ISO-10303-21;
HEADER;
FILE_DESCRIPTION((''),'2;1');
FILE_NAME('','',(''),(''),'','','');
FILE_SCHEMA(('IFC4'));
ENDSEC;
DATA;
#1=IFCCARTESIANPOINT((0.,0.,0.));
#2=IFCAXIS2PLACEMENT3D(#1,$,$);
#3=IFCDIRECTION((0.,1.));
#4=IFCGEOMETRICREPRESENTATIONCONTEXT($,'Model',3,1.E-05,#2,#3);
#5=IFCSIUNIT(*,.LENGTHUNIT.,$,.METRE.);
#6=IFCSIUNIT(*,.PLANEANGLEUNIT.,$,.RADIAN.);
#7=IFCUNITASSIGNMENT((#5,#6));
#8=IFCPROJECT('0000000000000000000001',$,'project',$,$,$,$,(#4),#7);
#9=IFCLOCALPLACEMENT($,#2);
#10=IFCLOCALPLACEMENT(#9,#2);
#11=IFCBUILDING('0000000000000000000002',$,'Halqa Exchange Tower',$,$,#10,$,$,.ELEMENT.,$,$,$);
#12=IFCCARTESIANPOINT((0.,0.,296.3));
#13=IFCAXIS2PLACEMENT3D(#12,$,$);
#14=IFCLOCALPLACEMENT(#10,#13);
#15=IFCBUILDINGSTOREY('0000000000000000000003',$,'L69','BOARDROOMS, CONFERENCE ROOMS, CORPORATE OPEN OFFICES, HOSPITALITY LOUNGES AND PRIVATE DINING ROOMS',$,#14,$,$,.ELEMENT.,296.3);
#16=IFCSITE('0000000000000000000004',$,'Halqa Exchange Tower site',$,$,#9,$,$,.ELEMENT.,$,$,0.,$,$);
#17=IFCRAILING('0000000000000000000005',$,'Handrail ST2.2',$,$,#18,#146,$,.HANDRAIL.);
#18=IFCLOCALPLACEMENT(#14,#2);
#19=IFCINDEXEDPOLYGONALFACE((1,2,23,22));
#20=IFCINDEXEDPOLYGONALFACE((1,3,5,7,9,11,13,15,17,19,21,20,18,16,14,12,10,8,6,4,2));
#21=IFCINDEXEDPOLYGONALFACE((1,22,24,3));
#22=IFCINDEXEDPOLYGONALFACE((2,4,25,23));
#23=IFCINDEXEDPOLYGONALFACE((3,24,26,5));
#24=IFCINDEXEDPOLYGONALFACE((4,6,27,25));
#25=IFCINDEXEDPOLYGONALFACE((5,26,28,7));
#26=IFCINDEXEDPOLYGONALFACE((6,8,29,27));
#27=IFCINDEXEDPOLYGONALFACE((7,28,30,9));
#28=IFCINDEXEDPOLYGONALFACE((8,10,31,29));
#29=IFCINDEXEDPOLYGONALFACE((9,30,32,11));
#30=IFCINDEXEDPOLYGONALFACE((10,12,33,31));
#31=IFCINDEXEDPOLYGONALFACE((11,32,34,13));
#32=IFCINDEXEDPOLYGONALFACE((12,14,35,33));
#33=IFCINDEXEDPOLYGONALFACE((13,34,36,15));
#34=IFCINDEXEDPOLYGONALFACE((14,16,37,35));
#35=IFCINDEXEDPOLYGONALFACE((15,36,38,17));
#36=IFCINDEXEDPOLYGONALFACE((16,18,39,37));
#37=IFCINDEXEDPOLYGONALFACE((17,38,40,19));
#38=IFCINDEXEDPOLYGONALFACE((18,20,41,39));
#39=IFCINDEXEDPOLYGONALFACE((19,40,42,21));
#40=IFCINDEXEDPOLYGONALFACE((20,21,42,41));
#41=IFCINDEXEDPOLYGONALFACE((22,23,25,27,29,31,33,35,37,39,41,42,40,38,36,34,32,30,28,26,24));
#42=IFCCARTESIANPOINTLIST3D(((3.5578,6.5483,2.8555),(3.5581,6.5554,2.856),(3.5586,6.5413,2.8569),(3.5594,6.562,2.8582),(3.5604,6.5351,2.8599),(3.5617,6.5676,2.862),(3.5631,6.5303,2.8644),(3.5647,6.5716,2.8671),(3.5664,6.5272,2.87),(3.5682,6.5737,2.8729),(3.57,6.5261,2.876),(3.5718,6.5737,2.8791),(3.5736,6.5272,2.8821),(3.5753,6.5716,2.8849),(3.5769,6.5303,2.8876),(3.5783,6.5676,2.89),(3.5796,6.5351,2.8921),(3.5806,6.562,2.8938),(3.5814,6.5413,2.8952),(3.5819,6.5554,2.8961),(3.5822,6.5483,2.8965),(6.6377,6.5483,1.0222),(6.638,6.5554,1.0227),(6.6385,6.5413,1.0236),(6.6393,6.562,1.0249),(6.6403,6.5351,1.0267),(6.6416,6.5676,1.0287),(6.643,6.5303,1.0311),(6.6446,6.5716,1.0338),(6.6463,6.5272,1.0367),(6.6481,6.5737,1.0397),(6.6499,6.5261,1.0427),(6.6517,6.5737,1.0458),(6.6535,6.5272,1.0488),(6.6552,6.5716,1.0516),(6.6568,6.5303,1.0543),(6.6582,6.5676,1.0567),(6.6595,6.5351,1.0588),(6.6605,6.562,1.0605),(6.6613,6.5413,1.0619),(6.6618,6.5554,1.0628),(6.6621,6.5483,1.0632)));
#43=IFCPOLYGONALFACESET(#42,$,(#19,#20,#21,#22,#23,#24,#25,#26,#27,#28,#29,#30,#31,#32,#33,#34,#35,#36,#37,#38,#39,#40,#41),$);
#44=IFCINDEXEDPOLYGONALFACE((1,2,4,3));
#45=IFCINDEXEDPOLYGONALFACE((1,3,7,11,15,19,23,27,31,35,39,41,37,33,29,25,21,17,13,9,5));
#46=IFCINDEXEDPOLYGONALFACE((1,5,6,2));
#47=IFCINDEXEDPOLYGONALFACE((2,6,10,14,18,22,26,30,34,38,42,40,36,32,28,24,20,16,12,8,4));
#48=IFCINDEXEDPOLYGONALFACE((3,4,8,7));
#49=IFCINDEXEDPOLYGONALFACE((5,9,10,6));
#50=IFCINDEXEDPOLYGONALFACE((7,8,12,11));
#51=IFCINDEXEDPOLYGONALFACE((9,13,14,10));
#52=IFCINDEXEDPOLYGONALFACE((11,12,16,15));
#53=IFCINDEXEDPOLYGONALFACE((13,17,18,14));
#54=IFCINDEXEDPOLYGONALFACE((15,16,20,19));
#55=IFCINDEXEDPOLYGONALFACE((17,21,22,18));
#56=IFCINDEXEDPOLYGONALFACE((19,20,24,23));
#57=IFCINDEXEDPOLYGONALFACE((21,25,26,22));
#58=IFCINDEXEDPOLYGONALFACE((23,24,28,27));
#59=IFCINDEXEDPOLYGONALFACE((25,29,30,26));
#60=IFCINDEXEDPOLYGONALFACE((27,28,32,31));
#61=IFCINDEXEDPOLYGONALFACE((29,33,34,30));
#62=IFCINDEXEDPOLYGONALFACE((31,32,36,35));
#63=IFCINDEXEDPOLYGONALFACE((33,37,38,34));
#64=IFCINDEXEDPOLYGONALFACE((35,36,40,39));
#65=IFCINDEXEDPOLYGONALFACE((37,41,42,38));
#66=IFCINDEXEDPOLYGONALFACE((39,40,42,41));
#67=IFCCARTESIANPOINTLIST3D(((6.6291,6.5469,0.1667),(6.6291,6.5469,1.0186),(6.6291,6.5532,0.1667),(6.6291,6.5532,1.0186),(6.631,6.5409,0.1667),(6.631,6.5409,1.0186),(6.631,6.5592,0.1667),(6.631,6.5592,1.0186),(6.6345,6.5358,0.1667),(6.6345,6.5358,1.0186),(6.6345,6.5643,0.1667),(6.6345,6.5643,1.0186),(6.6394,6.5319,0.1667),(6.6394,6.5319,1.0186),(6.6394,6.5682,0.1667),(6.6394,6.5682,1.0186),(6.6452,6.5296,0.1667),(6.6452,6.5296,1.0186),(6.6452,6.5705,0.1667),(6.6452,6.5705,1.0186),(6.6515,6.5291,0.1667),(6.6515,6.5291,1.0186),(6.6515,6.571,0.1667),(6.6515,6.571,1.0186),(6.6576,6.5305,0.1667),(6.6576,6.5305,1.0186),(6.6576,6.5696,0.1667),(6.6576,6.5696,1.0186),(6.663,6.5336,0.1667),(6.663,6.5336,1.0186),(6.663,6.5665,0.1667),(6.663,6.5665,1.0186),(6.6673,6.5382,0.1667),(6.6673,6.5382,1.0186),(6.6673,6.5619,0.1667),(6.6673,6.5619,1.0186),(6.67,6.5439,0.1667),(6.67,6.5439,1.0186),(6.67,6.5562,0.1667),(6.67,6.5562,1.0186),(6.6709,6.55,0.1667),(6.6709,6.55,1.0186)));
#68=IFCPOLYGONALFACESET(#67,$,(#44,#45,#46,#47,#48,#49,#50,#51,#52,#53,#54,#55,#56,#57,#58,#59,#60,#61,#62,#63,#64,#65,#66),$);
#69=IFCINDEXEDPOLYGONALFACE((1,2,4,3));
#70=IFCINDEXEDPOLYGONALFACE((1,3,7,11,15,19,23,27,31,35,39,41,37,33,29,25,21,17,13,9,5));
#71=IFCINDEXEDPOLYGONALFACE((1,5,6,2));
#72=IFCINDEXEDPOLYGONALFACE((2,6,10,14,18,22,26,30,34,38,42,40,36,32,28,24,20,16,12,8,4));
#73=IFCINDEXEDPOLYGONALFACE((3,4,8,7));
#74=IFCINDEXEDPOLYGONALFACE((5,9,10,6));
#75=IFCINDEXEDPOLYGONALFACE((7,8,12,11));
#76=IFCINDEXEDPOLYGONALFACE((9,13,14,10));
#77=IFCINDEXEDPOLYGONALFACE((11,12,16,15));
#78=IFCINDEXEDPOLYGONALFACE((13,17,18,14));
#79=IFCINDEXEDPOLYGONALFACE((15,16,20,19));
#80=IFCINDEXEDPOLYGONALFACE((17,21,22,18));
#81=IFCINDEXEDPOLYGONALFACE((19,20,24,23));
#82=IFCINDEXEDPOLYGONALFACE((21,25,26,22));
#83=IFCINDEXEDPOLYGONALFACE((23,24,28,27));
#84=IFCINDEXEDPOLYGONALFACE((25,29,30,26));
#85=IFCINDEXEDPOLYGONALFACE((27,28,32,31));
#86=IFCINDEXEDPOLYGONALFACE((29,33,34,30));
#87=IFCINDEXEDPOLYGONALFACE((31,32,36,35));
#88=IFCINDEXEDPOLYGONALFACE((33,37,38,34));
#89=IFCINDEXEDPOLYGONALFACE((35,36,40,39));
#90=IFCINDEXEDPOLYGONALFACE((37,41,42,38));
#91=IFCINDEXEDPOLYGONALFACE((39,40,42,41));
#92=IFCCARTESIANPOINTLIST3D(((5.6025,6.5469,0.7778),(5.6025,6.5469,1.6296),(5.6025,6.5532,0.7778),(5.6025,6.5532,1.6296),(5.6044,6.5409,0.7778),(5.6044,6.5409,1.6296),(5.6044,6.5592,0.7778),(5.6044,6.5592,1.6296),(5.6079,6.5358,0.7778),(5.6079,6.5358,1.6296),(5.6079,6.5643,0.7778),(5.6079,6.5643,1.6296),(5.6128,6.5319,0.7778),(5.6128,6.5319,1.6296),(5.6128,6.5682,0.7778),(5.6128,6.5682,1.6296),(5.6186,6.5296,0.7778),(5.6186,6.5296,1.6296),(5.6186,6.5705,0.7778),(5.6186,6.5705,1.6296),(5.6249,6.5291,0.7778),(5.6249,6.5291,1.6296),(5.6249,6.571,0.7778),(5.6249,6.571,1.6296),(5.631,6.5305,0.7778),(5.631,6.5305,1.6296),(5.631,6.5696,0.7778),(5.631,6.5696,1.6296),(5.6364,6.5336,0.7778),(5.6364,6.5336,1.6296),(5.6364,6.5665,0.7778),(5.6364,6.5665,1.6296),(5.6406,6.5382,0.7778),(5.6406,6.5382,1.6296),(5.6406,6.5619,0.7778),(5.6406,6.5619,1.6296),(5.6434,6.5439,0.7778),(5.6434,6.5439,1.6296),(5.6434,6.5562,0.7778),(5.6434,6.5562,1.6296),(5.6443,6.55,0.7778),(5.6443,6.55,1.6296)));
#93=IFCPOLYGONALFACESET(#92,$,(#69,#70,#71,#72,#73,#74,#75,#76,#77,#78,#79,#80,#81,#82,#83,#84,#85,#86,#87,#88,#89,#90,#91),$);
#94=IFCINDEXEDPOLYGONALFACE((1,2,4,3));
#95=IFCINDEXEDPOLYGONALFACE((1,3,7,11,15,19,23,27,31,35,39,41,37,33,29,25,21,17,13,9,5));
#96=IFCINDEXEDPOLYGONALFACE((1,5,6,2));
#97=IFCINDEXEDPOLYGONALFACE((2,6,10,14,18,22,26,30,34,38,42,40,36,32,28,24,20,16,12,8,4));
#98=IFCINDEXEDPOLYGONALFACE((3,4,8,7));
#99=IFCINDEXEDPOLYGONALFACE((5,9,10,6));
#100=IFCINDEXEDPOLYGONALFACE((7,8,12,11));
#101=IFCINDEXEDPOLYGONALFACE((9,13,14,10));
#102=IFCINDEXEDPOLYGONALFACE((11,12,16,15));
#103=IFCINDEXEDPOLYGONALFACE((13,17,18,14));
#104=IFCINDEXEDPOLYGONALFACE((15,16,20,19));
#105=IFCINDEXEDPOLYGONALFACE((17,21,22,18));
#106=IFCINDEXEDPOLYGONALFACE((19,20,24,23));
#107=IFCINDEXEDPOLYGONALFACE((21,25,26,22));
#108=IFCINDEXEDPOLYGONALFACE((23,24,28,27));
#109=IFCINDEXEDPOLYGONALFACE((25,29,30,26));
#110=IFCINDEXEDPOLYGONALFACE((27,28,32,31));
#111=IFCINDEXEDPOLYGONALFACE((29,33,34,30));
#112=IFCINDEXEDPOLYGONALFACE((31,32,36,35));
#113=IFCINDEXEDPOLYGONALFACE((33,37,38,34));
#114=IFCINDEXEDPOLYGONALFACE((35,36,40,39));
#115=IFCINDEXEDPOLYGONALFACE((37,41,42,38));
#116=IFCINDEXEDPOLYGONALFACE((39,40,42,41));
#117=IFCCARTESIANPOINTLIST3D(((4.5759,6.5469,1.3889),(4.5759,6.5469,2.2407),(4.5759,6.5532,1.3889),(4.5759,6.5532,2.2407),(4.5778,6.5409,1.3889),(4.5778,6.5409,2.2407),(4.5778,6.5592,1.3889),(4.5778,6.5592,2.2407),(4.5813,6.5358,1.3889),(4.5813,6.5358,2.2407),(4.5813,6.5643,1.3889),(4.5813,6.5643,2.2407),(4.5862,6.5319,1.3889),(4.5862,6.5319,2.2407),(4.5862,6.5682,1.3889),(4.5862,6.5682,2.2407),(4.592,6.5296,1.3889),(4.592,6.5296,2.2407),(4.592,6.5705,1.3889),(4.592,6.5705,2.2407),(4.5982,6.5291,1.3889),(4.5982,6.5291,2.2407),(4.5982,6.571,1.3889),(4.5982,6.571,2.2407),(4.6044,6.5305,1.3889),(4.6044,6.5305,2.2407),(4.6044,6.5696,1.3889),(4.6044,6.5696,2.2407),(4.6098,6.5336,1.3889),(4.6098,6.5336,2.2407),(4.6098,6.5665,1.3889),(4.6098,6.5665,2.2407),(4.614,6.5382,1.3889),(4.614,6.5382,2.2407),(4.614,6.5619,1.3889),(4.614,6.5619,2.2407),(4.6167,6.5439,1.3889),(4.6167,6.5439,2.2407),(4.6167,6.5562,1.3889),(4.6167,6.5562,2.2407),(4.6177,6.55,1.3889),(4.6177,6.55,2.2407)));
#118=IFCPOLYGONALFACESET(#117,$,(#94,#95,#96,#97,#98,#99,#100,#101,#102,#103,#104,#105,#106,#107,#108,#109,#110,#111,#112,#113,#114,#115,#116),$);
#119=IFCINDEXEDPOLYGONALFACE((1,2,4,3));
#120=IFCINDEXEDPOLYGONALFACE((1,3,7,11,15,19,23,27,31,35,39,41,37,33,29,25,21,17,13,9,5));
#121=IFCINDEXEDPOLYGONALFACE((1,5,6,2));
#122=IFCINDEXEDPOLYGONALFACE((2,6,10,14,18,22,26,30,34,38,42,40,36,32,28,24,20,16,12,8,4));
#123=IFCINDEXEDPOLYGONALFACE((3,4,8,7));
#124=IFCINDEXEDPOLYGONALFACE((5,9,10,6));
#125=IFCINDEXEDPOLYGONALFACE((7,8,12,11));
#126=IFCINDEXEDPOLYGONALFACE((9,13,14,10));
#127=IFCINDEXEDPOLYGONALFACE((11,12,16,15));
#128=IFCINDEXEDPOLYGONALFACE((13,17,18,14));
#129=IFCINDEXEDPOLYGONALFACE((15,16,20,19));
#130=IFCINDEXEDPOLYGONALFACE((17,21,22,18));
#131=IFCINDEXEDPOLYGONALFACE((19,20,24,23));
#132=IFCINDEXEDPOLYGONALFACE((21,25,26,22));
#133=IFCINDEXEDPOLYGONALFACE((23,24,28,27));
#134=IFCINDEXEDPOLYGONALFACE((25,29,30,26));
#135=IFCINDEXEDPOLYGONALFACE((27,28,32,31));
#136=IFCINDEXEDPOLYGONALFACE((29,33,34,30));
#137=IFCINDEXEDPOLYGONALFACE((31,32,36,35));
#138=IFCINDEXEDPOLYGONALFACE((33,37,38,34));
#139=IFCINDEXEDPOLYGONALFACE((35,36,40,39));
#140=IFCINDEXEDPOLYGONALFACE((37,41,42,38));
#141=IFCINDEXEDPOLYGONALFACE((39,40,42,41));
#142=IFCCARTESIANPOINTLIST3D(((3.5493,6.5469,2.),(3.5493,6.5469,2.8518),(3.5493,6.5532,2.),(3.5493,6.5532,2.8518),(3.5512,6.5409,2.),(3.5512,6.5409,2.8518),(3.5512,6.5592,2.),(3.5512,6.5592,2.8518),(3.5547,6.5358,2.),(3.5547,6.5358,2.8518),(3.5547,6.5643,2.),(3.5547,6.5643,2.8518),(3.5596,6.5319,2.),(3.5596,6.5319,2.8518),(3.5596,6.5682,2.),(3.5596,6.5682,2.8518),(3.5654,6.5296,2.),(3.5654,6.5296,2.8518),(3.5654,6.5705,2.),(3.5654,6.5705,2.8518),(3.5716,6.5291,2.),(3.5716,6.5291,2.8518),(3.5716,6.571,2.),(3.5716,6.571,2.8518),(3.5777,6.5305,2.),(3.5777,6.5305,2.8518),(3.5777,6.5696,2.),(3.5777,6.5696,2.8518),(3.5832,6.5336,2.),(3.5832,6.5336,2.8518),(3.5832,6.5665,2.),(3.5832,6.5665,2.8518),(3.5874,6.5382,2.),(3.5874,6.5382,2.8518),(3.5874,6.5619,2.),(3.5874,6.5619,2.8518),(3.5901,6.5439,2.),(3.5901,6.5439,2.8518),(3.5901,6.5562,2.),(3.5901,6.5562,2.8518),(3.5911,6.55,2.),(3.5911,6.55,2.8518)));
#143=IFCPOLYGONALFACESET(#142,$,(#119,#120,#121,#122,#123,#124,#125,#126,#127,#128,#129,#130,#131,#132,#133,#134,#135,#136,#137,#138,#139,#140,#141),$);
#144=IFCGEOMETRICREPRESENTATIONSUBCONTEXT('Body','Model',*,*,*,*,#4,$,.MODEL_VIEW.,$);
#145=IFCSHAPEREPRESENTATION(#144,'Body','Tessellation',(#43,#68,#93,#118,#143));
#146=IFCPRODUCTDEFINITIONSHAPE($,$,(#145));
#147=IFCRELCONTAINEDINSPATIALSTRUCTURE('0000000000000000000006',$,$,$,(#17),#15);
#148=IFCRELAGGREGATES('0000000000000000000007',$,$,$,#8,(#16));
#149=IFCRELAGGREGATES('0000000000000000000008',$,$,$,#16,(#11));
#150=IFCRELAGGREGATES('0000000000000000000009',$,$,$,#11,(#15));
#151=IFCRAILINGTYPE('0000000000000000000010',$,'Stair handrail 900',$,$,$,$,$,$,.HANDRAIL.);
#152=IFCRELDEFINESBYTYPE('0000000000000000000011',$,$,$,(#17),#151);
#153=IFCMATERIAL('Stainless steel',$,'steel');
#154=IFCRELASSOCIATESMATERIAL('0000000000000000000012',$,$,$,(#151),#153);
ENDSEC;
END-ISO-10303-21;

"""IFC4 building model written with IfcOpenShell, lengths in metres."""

from ifc_helpers import new_model, si_unit, direction, frame, origin, origin_2d, place, context, subcontext, project, spatial, circle, extrude, material, type_object, element, save


model = new_model("IFC4")

# Units and contexts
model_context = context("Model", 3, precision=1e-05, world=origin(), true_north=direction((0.0, 1.0)))
body_context = subcontext(model_context, "Body", "Model", "MODEL_VIEW")
ifc_project = project(units=[si_unit("LENGTHUNIT", "METRE"), si_unit("PLANEANGLEUNIT", "RADIAN")], contexts=[model_context])

# Site, building, storey
site_placement = place(None, origin())
site = spatial("IfcSite", under=ifc_project, at=site_placement, Name="Halqa Exchange Tower site", CompositionType="ELEMENT", RefElevation=0.0)
building_placement = place(site_placement, origin())
building = spatial("IfcBuilding", under=site, at=building_placement, Name="Halqa Exchange Tower", CompositionType="ELEMENT")
storey_placement = place(building_placement, frame((0.0, 0.0, 296.3)))
storey = spatial("IfcBuildingStorey", under=building, at=storey_placement, Name="L69", Description="BOARDROOMS, CONFERENCE ROOMS, CORPORATE OPEN OFFICES, HOSPITALITY LOUNGES AND PRIVATE DINING ROOMS", CompositionType="ELEMENT", Elevation=296.3)

# Railing
ifc_material_1 = material(Name="Stainless steel", Category="steel")
railing_type_1 = type_object("IfcRailingType", Name="Stair handrail 900", PredefinedType="HANDRAIL", material=ifc_material_1)
railing_1_placement = place(storey_placement, frame((6.6499, 6.55, 0.1667)))
element("IfcRailing", 1, at=railing_1_placement, inside=storey, type_object=railing_type_1, Name="Handrail ST2.2", PredefinedType="HANDRAIL", context=body_context, shape_type="SweptSolid", body=[
    extrude(circle(Radius=0.0239, at=origin_2d()), frame((0.0, 0.0, 0.876), z_axis=(-0.859291, 0.0, 0.511487), x_axis=(0.0, -1.0, 0.0)), (0.0, 0.0, 1.0), 3.5842),
    extrude(circle(Radius=0.021, at=origin_2d()), origin(), (0.0, 0.0, 1.0), 0.8518),
    extrude(circle(Radius=0.021, at=origin_2d()), frame((-1.0266, 0.0, 0.6111)), (0.0, 0.0, 1.0), 0.8518),
    extrude(circle(Radius=0.021, at=origin_2d()), frame((-2.0532, 0.0, 1.2222)), (0.0, 0.0, 1.0), 0.8518),
    extrude(circle(Radius=0.021, at=origin_2d()), frame((-3.0798, 0.0, 1.8333)), (0.0, 0.0, 1.0), 0.8518),
])

save(model, "model.ifc")
